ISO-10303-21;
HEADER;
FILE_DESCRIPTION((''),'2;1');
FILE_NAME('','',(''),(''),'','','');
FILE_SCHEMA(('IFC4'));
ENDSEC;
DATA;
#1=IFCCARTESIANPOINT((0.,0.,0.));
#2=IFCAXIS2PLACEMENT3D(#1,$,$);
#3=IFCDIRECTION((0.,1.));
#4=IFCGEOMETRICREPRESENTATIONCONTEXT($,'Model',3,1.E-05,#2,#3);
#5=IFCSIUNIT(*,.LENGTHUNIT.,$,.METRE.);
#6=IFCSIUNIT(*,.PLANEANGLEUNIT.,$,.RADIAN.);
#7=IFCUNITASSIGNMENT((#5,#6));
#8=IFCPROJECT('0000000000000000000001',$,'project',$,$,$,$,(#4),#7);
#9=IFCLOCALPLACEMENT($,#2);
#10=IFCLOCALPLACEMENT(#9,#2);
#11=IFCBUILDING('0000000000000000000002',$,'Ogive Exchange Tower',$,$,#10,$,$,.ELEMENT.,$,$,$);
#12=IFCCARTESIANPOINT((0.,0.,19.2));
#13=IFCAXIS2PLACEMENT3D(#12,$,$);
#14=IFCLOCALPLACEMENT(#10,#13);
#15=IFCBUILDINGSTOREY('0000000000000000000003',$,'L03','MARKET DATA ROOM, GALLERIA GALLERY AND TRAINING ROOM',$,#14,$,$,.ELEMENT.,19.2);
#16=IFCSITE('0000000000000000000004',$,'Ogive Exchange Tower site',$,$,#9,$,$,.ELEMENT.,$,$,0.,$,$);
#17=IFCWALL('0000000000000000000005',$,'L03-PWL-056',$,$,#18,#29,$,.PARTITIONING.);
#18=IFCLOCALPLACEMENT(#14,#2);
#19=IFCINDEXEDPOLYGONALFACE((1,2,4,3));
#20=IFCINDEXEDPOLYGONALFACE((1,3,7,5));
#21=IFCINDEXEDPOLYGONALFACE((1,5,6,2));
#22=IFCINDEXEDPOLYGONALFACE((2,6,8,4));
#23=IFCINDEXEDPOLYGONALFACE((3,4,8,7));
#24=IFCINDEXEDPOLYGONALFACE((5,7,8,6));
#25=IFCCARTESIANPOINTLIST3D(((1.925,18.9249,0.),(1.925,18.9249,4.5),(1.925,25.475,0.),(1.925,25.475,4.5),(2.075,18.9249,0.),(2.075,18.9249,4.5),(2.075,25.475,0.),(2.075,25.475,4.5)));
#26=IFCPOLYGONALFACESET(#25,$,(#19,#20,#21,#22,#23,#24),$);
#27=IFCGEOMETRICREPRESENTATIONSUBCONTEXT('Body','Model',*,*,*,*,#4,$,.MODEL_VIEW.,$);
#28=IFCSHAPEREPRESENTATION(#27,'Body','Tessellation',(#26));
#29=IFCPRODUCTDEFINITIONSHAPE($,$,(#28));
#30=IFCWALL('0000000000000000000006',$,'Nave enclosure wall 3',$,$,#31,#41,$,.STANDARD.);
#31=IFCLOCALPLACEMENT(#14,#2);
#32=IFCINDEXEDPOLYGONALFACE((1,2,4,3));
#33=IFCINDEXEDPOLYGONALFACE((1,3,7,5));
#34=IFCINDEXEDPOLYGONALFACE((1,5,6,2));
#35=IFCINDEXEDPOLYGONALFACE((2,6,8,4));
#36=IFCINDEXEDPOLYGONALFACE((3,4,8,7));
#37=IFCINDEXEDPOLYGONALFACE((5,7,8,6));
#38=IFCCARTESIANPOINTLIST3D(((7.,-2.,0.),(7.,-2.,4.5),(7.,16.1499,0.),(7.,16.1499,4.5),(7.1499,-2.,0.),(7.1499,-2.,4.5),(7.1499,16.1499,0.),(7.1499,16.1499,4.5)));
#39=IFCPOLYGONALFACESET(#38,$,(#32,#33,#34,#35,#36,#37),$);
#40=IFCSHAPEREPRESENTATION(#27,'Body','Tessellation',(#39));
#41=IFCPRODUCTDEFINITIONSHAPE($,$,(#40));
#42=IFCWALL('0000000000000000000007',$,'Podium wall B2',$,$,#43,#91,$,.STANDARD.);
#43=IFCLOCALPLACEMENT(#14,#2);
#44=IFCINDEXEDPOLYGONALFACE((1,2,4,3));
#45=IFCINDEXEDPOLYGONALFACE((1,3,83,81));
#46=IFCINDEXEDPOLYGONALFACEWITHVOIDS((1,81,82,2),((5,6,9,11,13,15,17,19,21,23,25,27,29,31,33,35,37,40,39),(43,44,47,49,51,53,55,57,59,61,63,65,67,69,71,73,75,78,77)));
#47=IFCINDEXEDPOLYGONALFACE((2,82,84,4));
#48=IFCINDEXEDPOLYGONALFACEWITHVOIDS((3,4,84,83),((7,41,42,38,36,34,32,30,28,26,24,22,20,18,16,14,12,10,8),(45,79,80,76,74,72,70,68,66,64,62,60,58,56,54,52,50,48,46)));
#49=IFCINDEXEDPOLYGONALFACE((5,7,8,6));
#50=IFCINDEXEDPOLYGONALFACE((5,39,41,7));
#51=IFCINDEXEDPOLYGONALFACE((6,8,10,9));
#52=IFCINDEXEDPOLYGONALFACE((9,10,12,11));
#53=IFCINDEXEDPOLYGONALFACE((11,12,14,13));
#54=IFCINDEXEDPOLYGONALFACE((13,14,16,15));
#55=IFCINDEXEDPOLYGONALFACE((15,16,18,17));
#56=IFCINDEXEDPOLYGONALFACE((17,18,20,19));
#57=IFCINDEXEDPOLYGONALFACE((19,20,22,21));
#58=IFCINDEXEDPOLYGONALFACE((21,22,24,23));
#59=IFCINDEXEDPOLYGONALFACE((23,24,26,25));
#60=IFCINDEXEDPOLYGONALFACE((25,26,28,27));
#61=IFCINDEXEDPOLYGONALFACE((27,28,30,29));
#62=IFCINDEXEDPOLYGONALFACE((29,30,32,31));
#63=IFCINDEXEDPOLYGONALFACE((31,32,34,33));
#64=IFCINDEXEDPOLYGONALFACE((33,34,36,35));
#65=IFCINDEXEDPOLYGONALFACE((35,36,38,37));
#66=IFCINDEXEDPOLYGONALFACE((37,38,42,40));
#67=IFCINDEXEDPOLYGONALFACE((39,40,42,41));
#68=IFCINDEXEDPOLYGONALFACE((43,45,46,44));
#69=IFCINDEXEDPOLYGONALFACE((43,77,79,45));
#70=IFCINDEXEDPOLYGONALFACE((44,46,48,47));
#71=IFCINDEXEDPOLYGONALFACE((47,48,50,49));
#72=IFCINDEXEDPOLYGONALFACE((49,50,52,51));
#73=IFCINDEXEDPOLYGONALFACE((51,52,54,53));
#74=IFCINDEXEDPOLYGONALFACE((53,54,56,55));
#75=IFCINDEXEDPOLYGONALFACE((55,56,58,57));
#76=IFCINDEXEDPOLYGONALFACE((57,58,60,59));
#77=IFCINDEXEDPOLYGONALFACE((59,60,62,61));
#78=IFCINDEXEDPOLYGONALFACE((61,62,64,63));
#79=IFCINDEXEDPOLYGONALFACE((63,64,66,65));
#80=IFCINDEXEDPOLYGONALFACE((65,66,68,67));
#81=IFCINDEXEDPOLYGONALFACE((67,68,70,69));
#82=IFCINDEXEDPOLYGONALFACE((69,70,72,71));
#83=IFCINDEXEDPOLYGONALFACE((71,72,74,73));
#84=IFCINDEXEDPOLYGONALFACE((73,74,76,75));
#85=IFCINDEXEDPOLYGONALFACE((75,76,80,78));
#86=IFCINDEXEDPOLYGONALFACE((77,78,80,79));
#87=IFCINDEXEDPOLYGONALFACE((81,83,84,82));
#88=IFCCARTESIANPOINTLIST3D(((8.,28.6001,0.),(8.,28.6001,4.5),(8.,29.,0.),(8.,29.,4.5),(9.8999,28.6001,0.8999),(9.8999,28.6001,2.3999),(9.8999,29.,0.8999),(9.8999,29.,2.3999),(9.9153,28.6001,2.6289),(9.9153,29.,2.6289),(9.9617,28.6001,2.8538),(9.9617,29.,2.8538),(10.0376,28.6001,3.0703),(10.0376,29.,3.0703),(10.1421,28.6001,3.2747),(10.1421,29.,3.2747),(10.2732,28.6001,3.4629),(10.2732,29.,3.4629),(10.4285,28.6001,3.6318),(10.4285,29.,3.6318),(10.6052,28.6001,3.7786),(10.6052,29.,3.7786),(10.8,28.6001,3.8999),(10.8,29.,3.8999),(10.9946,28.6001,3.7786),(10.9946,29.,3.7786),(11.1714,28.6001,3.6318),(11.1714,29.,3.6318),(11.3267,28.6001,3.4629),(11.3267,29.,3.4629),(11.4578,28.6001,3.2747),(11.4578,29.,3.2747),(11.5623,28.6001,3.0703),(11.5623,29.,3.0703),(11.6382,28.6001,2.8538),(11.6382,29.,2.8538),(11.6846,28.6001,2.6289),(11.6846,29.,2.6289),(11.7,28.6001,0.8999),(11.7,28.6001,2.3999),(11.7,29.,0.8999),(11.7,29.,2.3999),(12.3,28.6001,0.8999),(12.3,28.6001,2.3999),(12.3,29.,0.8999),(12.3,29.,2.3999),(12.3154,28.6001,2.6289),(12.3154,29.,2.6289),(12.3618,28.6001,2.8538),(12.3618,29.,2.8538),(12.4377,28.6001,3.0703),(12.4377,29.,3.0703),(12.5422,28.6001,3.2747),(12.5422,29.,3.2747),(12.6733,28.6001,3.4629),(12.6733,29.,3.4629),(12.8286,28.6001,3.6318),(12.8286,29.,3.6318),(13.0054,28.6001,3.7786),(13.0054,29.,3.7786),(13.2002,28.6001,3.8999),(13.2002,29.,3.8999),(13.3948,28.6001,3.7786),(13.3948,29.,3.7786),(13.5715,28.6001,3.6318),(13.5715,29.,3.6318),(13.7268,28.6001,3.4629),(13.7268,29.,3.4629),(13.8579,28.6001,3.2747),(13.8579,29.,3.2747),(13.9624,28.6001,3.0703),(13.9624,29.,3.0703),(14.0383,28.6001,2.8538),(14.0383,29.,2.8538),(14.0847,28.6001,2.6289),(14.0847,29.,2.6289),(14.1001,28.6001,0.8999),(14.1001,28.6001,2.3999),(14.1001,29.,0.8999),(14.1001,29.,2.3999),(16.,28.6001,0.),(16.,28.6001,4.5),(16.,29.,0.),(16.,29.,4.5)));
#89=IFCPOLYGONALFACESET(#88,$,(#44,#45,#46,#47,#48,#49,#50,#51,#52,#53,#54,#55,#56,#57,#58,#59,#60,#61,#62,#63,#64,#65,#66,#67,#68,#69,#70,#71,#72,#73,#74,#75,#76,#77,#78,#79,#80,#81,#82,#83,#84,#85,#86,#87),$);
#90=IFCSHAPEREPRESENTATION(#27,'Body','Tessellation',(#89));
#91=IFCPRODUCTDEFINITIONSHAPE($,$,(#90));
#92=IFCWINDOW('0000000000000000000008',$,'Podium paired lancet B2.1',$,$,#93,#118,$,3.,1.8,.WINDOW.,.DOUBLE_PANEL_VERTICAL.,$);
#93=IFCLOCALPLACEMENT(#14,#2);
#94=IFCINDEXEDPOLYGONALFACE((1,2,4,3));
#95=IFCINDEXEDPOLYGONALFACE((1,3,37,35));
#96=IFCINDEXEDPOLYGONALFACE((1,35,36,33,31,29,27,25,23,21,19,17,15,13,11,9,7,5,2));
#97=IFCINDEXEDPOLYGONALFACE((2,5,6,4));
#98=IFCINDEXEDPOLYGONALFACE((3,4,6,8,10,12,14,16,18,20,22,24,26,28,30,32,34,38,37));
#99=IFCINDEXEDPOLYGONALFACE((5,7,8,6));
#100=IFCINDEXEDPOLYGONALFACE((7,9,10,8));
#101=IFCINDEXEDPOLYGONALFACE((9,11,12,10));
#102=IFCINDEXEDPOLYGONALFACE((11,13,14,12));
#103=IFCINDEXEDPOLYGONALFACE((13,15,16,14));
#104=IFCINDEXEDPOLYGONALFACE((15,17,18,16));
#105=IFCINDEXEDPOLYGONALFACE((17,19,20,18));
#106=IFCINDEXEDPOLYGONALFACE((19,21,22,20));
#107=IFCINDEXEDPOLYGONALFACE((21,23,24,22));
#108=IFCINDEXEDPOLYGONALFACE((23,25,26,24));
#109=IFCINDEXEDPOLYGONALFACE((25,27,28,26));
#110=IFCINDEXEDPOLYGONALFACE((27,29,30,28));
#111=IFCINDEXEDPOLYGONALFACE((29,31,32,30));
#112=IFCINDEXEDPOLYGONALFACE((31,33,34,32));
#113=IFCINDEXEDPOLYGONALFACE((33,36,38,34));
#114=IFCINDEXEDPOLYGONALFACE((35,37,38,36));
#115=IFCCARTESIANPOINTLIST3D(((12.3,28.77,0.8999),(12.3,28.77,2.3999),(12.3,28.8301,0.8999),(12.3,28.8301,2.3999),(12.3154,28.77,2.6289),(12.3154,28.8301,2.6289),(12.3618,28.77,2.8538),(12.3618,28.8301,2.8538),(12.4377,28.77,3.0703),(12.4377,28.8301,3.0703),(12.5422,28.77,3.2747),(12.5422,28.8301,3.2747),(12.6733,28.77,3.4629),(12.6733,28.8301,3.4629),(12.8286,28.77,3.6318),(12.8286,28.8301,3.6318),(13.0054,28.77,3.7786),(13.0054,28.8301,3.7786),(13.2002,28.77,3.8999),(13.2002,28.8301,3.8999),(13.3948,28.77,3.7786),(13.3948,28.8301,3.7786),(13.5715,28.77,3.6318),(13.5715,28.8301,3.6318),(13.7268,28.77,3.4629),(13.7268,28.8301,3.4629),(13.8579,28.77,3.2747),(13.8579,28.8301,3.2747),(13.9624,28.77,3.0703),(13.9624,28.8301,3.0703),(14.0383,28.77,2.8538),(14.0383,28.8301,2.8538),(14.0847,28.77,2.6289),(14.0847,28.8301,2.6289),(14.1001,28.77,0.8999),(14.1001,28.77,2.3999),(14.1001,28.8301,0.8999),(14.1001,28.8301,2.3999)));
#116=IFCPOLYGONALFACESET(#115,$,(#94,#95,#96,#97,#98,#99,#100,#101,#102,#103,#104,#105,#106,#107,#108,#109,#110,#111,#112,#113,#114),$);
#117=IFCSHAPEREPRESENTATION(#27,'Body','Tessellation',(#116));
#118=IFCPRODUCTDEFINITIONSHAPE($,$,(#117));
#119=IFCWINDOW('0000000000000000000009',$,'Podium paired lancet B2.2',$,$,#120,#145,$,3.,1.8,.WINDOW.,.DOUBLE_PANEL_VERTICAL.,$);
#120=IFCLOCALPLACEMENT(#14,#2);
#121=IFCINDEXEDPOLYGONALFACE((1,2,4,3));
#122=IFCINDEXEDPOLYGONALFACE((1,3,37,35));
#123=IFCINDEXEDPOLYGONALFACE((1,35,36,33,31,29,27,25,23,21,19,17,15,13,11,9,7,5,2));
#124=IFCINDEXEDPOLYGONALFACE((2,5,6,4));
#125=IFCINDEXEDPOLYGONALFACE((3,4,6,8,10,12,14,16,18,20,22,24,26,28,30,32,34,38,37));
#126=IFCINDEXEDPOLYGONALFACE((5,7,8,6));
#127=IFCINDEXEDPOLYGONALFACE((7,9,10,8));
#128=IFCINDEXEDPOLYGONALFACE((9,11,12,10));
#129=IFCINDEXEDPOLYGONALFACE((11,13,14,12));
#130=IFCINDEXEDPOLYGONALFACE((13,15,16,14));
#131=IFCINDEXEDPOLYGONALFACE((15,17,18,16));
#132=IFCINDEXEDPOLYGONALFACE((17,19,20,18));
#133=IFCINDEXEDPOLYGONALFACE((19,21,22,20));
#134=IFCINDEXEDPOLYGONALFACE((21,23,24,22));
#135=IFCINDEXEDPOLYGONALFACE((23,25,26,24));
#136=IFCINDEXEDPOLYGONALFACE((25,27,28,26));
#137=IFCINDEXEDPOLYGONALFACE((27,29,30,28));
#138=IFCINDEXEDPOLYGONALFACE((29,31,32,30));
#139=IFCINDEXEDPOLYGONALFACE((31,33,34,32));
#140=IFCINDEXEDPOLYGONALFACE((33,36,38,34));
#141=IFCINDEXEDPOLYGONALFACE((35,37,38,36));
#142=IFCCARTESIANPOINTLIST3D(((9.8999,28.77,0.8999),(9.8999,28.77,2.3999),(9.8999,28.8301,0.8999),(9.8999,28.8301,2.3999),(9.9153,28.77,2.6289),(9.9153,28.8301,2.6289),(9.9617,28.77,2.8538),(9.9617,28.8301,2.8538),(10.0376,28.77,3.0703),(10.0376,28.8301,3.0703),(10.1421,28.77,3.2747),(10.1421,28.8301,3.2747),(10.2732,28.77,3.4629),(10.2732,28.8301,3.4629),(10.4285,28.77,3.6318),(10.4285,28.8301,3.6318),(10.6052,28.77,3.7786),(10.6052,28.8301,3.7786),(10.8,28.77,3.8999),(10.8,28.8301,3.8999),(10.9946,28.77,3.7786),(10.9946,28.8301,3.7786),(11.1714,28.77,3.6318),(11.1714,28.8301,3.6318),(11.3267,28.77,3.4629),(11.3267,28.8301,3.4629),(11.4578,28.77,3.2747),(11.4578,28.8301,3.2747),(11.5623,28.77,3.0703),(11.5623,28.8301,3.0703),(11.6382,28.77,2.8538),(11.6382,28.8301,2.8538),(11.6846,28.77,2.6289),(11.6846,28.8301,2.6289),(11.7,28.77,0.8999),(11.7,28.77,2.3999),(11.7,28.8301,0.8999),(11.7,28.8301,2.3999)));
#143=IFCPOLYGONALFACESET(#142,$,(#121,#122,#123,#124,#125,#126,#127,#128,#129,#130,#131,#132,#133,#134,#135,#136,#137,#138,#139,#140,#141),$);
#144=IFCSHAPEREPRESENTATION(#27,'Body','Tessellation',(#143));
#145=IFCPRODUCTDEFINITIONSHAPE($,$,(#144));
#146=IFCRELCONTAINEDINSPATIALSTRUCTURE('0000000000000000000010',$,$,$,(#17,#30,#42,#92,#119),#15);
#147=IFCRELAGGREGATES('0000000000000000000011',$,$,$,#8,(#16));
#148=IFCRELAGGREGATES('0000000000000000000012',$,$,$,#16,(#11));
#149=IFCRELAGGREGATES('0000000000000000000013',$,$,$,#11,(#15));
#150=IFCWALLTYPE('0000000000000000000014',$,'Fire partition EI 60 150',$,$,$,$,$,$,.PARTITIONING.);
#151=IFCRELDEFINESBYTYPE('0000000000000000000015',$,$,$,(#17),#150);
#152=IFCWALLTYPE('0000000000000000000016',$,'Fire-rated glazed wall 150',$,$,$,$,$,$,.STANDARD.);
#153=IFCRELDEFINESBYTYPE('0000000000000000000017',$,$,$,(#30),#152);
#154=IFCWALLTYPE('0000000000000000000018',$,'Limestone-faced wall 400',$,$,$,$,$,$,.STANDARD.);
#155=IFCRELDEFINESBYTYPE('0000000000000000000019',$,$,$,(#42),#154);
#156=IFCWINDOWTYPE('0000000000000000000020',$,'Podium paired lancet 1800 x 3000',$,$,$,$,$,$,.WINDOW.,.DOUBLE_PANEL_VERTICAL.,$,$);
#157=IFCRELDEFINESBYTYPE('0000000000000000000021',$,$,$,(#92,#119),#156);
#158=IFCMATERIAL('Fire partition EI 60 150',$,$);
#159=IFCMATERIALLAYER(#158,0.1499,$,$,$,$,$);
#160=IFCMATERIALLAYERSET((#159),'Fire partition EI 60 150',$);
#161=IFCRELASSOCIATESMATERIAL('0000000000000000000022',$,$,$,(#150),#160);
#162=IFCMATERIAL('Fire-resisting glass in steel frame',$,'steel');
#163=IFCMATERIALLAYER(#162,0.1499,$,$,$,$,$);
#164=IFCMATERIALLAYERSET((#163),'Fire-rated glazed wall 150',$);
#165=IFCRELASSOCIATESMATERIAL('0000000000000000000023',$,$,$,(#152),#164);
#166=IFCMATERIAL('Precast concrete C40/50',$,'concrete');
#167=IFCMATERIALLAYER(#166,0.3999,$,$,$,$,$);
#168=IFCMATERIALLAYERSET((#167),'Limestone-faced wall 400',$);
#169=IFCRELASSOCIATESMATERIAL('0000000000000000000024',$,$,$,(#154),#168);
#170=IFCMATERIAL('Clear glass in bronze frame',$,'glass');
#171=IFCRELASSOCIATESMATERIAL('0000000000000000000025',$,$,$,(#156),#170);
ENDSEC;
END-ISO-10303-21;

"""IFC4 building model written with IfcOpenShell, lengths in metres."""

from ifc_helpers import new_model, si_unit, direction, frame, frame_2d, origin, place, context, subcontext, project, spatial, polyline, rectangle, outline, extrude, material, layer, layer_set, type_object, element, fill, save


model = new_model("IFC4")

# Units and contexts
model_context = context("Model", 3, precision=1e-05, world=origin(), true_north=direction((0.0, 1.0)))
body_context = subcontext(model_context, "Body", "Model", "MODEL_VIEW")
ifc_project = project(units=[si_unit("LENGTHUNIT", "METRE"), si_unit("PLANEANGLEUNIT", "RADIAN")], contexts=[model_context])

# Site, building, storey
site_placement = place(None, origin())
site = spatial("IfcSite", under=ifc_project, at=site_placement, Name="Ogive Exchange Tower site", CompositionType="ELEMENT", RefElevation=0.0)
building_placement = place(site_placement, origin())
building = spatial("IfcBuilding", under=site, at=building_placement, Name="Ogive Exchange Tower", CompositionType="ELEMENT")
storey_placement = place(building_placement, frame((0.0, 0.0, 19.2)))
storey = spatial("IfcBuildingStorey", under=building, at=storey_placement, Name="L03", Description="MARKET DATA ROOM, GALLERIA GALLERY AND TRAINING ROOM", CompositionType="ELEMENT", Elevation=19.2)

# Shared definitions
ifc_material_1 = material(Name="Fire partition EI 60 150")
ifc_layer_1 = layer(ifc_material_1, 0.1499)
ifc_layer_set_1 = layer_set([ifc_layer_1], Name="Fire partition EI 60 150")
wall_type_1 = type_object("IfcWallType", Name="Fire partition EI 60 150", PredefinedType="PARTITIONING", material=ifc_layer_set_1)

# Walls
wall_1_placement = place(storey_placement, frame((2.0, 18.925, 0.0), z_axis=(0.0, 0.0, 1.0), x_axis=(0.0, 1.0, 0.0)))
element("IfcWall", 1, at=wall_1_placement, inside=storey, type_object=wall_type_1, Name="L03-PWL-056", PredefinedType="PARTITIONING", context=body_context, shape_type="SweptSolid", body=[
    extrude(rectangle(XDim=6.55, YDim=0.1499, at=frame_2d((3.2749, 0.0))), origin(), (0.0, 0.0, 1.0), 4.5),
])
ifc_material_2 = material(Name="Fire-resisting glass in steel frame", Category="steel")
ifc_layer_2 = layer(ifc_material_2, 0.1499)
ifc_layer_set_2 = layer_set([ifc_layer_2], Name="Fire-rated glazed wall 150")
wall_type_2 = type_object("IfcWallType", Name="Fire-rated glazed wall 150", PredefinedType="STANDARD", material=ifc_layer_set_2)
wall_2_placement = place(storey_placement, frame((7.075, 16.1499, 0.0), z_axis=(0.0, 0.0, 1.0), x_axis=(0.0, -1.0, 0.0)))
element("IfcWall", 2, at=wall_2_placement, inside=storey, type_object=wall_type_2, Name="Nave enclosure wall 3", PredefinedType="STANDARD", context=body_context, shape_type="SweptSolid", body=[
    extrude(rectangle(XDim=18.1499, YDim=0.1499, at=frame_2d((9.075, 0.0))), origin(), (0.0, 0.0, 1.0), 4.5),
])

# Wall, openings, windows
ifc_material_3 = material(Name="Precast concrete C40/50", Category="concrete")
ifc_layer_3 = layer(ifc_material_3, 0.3999)
ifc_layer_set_3 = layer_set([ifc_layer_3], Name="Limestone-faced wall 400")
wall_type_3 = type_object("IfcWallType", Name="Limestone-faced wall 400", PredefinedType="STANDARD", material=ifc_layer_set_3)
wall_3_placement = place(storey_placement, frame((16.0, 28.8, 0.0), z_axis=(0.0, 0.0, 1.0), x_axis=(-1.0, 0.0, 0.0)))
wall_3 = element("IfcWall", 3, at=wall_3_placement, inside=storey, type_object=wall_type_3, Name="Podium wall B2", PredefinedType="STANDARD", context=body_context, shape_type="SweptSolid", body=[
    extrude(rectangle(XDim=8.0, YDim=0.3999, at=frame_2d((4.0, 0.0))), origin(), (0.0, 0.0, 1.0), 4.5),
])
opening_1_placement = place(wall_3_placement, frame((1.8999, 0.0, 0.8999)))
opening_1 = element("IfcOpeningElement", 4, at=opening_1_placement, cuts=wall_3, PredefinedType="OPENING", context=body_context, shape_type="SweptSolid", body=[
    extrude(outline(polyline([(0.0, 0.0), (1.8, 0.0), (1.8, 1.5), (1.7847, 1.729), (1.7383, 1.9539), (1.6624, 2.1704), (1.5579, 2.3748), (1.4268, 2.563), (1.2715, 2.7319), (1.0947, 2.8787), (0.8999, 3.0), (0.7053, 2.8787), (0.5286, 2.7319), (0.3733, 2.563), (0.2422, 2.3748), (0.1377, 2.1704), (0.0618, 1.9539), (0.0154, 1.729), (0.0, 1.5), (0.0, 0.0)])), frame((0.0, 0.21, 0.0), z_axis=(0.0, -1.0, 0.0), x_axis=(1.0, 0.0, 0.0)), (0.0, 0.0, 1.0), 0.4199),
])
opening_2_placement = place(wall_3_placement, frame((4.3, 0.0, 0.8999)))
opening_2 = element("IfcOpeningElement", 5, at=opening_2_placement, cuts=wall_3, PredefinedType="OPENING", context=body_context, shape_type="SweptSolid", body=[
    extrude(outline(polyline([(0.0, 0.0), (1.8, 0.0), (1.8, 1.5), (1.7847, 1.729), (1.7383, 1.9539), (1.6624, 2.1704), (1.5579, 2.3748), (1.4268, 2.563), (1.2715, 2.7319), (1.0947, 2.8787), (0.8999, 3.0), (0.7053, 2.8787), (0.5286, 2.7319), (0.3733, 2.563), (0.2422, 2.3748), (0.1377, 2.1704), (0.0618, 1.9539), (0.0154, 1.729), (0.0, 1.5), (0.0, 0.0)])), frame((0.0, 0.21, 0.0), z_axis=(0.0, -1.0, 0.0), x_axis=(1.0, 0.0, 0.0)), (0.0, 0.0, 1.0), 0.4199),
])
ifc_material_4 = material(Name="Clear glass in bronze frame", Category="glass")
window_type = type_object("IfcWindowType", Name="Podium paired lancet 1800 x 3000", PartitioningType="DOUBLE_PANEL_VERTICAL", PredefinedType="WINDOW", material=ifc_material_4)
window_1_placement = place(opening_1_placement, origin())
window_1 = element("IfcWindow", 6, at=window_1_placement, inside=storey, type_object=window_type, Name="Podium paired lancet B2.1", OverallHeight=3.0, OverallWidth=1.8, PartitioningType="DOUBLE_PANEL_VERTICAL", PredefinedType="WINDOW", context=body_context, shape_type="SweptSolid", body=[
    extrude(outline(polyline([(0.0, 0.0), (1.8, 0.0), (1.8, 1.5), (1.7847, 1.729), (1.7383, 1.9539), (1.6624, 2.1704), (1.5579, 2.3748), (1.4268, 2.563), (1.2715, 2.7319), (1.0947, 2.8787), (0.8999, 3.0), (0.7053, 2.8787), (0.5286, 2.7319), (0.3733, 2.563), (0.2422, 2.3748), (0.1377, 2.1704), (0.0618, 1.9539), (0.0154, 1.729), (0.0, 1.5), (0.0, 0.0)])), frame((0.0, 0.03, 0.0), z_axis=(0.0, -1.0, 0.0), x_axis=(1.0, 0.0, 0.0)), (0.0, 0.0, 1.0), 0.0601),
])
fill(opening_1, window_1)
window_2_placement = place(opening_2_placement, origin())
window_2 = element("IfcWindow", 7, at=window_2_placement, inside=storey, type_object=window_type, Name="Podium paired lancet B2.2", OverallHeight=3.0, OverallWidth=1.8, PartitioningType="DOUBLE_PANEL_VERTICAL", PredefinedType="WINDOW", context=body_context, shape_type="SweptSolid", body=[
    extrude(outline(polyline([(0.0, 0.0), (1.8, 0.0), (1.8, 1.5), (1.7847, 1.729), (1.7383, 1.9539), (1.6624, 2.1704), (1.5579, 2.3748), (1.4268, 2.563), (1.2715, 2.7319), (1.0947, 2.8787), (0.8999, 3.0), (0.7053, 2.8787), (0.5286, 2.7319), (0.3733, 2.563), (0.2422, 2.3748), (0.1377, 2.1704), (0.0618, 1.9539), (0.0154, 1.729), (0.0, 1.5), (0.0, 0.0)])), frame((0.0, 0.03, 0.0), z_axis=(0.0, -1.0, 0.0), x_axis=(1.0, 0.0, 0.0)), (0.0, 0.0, 1.0), 0.0601),
])
fill(opening_2, window_2)

save(model, "model.ifc")
